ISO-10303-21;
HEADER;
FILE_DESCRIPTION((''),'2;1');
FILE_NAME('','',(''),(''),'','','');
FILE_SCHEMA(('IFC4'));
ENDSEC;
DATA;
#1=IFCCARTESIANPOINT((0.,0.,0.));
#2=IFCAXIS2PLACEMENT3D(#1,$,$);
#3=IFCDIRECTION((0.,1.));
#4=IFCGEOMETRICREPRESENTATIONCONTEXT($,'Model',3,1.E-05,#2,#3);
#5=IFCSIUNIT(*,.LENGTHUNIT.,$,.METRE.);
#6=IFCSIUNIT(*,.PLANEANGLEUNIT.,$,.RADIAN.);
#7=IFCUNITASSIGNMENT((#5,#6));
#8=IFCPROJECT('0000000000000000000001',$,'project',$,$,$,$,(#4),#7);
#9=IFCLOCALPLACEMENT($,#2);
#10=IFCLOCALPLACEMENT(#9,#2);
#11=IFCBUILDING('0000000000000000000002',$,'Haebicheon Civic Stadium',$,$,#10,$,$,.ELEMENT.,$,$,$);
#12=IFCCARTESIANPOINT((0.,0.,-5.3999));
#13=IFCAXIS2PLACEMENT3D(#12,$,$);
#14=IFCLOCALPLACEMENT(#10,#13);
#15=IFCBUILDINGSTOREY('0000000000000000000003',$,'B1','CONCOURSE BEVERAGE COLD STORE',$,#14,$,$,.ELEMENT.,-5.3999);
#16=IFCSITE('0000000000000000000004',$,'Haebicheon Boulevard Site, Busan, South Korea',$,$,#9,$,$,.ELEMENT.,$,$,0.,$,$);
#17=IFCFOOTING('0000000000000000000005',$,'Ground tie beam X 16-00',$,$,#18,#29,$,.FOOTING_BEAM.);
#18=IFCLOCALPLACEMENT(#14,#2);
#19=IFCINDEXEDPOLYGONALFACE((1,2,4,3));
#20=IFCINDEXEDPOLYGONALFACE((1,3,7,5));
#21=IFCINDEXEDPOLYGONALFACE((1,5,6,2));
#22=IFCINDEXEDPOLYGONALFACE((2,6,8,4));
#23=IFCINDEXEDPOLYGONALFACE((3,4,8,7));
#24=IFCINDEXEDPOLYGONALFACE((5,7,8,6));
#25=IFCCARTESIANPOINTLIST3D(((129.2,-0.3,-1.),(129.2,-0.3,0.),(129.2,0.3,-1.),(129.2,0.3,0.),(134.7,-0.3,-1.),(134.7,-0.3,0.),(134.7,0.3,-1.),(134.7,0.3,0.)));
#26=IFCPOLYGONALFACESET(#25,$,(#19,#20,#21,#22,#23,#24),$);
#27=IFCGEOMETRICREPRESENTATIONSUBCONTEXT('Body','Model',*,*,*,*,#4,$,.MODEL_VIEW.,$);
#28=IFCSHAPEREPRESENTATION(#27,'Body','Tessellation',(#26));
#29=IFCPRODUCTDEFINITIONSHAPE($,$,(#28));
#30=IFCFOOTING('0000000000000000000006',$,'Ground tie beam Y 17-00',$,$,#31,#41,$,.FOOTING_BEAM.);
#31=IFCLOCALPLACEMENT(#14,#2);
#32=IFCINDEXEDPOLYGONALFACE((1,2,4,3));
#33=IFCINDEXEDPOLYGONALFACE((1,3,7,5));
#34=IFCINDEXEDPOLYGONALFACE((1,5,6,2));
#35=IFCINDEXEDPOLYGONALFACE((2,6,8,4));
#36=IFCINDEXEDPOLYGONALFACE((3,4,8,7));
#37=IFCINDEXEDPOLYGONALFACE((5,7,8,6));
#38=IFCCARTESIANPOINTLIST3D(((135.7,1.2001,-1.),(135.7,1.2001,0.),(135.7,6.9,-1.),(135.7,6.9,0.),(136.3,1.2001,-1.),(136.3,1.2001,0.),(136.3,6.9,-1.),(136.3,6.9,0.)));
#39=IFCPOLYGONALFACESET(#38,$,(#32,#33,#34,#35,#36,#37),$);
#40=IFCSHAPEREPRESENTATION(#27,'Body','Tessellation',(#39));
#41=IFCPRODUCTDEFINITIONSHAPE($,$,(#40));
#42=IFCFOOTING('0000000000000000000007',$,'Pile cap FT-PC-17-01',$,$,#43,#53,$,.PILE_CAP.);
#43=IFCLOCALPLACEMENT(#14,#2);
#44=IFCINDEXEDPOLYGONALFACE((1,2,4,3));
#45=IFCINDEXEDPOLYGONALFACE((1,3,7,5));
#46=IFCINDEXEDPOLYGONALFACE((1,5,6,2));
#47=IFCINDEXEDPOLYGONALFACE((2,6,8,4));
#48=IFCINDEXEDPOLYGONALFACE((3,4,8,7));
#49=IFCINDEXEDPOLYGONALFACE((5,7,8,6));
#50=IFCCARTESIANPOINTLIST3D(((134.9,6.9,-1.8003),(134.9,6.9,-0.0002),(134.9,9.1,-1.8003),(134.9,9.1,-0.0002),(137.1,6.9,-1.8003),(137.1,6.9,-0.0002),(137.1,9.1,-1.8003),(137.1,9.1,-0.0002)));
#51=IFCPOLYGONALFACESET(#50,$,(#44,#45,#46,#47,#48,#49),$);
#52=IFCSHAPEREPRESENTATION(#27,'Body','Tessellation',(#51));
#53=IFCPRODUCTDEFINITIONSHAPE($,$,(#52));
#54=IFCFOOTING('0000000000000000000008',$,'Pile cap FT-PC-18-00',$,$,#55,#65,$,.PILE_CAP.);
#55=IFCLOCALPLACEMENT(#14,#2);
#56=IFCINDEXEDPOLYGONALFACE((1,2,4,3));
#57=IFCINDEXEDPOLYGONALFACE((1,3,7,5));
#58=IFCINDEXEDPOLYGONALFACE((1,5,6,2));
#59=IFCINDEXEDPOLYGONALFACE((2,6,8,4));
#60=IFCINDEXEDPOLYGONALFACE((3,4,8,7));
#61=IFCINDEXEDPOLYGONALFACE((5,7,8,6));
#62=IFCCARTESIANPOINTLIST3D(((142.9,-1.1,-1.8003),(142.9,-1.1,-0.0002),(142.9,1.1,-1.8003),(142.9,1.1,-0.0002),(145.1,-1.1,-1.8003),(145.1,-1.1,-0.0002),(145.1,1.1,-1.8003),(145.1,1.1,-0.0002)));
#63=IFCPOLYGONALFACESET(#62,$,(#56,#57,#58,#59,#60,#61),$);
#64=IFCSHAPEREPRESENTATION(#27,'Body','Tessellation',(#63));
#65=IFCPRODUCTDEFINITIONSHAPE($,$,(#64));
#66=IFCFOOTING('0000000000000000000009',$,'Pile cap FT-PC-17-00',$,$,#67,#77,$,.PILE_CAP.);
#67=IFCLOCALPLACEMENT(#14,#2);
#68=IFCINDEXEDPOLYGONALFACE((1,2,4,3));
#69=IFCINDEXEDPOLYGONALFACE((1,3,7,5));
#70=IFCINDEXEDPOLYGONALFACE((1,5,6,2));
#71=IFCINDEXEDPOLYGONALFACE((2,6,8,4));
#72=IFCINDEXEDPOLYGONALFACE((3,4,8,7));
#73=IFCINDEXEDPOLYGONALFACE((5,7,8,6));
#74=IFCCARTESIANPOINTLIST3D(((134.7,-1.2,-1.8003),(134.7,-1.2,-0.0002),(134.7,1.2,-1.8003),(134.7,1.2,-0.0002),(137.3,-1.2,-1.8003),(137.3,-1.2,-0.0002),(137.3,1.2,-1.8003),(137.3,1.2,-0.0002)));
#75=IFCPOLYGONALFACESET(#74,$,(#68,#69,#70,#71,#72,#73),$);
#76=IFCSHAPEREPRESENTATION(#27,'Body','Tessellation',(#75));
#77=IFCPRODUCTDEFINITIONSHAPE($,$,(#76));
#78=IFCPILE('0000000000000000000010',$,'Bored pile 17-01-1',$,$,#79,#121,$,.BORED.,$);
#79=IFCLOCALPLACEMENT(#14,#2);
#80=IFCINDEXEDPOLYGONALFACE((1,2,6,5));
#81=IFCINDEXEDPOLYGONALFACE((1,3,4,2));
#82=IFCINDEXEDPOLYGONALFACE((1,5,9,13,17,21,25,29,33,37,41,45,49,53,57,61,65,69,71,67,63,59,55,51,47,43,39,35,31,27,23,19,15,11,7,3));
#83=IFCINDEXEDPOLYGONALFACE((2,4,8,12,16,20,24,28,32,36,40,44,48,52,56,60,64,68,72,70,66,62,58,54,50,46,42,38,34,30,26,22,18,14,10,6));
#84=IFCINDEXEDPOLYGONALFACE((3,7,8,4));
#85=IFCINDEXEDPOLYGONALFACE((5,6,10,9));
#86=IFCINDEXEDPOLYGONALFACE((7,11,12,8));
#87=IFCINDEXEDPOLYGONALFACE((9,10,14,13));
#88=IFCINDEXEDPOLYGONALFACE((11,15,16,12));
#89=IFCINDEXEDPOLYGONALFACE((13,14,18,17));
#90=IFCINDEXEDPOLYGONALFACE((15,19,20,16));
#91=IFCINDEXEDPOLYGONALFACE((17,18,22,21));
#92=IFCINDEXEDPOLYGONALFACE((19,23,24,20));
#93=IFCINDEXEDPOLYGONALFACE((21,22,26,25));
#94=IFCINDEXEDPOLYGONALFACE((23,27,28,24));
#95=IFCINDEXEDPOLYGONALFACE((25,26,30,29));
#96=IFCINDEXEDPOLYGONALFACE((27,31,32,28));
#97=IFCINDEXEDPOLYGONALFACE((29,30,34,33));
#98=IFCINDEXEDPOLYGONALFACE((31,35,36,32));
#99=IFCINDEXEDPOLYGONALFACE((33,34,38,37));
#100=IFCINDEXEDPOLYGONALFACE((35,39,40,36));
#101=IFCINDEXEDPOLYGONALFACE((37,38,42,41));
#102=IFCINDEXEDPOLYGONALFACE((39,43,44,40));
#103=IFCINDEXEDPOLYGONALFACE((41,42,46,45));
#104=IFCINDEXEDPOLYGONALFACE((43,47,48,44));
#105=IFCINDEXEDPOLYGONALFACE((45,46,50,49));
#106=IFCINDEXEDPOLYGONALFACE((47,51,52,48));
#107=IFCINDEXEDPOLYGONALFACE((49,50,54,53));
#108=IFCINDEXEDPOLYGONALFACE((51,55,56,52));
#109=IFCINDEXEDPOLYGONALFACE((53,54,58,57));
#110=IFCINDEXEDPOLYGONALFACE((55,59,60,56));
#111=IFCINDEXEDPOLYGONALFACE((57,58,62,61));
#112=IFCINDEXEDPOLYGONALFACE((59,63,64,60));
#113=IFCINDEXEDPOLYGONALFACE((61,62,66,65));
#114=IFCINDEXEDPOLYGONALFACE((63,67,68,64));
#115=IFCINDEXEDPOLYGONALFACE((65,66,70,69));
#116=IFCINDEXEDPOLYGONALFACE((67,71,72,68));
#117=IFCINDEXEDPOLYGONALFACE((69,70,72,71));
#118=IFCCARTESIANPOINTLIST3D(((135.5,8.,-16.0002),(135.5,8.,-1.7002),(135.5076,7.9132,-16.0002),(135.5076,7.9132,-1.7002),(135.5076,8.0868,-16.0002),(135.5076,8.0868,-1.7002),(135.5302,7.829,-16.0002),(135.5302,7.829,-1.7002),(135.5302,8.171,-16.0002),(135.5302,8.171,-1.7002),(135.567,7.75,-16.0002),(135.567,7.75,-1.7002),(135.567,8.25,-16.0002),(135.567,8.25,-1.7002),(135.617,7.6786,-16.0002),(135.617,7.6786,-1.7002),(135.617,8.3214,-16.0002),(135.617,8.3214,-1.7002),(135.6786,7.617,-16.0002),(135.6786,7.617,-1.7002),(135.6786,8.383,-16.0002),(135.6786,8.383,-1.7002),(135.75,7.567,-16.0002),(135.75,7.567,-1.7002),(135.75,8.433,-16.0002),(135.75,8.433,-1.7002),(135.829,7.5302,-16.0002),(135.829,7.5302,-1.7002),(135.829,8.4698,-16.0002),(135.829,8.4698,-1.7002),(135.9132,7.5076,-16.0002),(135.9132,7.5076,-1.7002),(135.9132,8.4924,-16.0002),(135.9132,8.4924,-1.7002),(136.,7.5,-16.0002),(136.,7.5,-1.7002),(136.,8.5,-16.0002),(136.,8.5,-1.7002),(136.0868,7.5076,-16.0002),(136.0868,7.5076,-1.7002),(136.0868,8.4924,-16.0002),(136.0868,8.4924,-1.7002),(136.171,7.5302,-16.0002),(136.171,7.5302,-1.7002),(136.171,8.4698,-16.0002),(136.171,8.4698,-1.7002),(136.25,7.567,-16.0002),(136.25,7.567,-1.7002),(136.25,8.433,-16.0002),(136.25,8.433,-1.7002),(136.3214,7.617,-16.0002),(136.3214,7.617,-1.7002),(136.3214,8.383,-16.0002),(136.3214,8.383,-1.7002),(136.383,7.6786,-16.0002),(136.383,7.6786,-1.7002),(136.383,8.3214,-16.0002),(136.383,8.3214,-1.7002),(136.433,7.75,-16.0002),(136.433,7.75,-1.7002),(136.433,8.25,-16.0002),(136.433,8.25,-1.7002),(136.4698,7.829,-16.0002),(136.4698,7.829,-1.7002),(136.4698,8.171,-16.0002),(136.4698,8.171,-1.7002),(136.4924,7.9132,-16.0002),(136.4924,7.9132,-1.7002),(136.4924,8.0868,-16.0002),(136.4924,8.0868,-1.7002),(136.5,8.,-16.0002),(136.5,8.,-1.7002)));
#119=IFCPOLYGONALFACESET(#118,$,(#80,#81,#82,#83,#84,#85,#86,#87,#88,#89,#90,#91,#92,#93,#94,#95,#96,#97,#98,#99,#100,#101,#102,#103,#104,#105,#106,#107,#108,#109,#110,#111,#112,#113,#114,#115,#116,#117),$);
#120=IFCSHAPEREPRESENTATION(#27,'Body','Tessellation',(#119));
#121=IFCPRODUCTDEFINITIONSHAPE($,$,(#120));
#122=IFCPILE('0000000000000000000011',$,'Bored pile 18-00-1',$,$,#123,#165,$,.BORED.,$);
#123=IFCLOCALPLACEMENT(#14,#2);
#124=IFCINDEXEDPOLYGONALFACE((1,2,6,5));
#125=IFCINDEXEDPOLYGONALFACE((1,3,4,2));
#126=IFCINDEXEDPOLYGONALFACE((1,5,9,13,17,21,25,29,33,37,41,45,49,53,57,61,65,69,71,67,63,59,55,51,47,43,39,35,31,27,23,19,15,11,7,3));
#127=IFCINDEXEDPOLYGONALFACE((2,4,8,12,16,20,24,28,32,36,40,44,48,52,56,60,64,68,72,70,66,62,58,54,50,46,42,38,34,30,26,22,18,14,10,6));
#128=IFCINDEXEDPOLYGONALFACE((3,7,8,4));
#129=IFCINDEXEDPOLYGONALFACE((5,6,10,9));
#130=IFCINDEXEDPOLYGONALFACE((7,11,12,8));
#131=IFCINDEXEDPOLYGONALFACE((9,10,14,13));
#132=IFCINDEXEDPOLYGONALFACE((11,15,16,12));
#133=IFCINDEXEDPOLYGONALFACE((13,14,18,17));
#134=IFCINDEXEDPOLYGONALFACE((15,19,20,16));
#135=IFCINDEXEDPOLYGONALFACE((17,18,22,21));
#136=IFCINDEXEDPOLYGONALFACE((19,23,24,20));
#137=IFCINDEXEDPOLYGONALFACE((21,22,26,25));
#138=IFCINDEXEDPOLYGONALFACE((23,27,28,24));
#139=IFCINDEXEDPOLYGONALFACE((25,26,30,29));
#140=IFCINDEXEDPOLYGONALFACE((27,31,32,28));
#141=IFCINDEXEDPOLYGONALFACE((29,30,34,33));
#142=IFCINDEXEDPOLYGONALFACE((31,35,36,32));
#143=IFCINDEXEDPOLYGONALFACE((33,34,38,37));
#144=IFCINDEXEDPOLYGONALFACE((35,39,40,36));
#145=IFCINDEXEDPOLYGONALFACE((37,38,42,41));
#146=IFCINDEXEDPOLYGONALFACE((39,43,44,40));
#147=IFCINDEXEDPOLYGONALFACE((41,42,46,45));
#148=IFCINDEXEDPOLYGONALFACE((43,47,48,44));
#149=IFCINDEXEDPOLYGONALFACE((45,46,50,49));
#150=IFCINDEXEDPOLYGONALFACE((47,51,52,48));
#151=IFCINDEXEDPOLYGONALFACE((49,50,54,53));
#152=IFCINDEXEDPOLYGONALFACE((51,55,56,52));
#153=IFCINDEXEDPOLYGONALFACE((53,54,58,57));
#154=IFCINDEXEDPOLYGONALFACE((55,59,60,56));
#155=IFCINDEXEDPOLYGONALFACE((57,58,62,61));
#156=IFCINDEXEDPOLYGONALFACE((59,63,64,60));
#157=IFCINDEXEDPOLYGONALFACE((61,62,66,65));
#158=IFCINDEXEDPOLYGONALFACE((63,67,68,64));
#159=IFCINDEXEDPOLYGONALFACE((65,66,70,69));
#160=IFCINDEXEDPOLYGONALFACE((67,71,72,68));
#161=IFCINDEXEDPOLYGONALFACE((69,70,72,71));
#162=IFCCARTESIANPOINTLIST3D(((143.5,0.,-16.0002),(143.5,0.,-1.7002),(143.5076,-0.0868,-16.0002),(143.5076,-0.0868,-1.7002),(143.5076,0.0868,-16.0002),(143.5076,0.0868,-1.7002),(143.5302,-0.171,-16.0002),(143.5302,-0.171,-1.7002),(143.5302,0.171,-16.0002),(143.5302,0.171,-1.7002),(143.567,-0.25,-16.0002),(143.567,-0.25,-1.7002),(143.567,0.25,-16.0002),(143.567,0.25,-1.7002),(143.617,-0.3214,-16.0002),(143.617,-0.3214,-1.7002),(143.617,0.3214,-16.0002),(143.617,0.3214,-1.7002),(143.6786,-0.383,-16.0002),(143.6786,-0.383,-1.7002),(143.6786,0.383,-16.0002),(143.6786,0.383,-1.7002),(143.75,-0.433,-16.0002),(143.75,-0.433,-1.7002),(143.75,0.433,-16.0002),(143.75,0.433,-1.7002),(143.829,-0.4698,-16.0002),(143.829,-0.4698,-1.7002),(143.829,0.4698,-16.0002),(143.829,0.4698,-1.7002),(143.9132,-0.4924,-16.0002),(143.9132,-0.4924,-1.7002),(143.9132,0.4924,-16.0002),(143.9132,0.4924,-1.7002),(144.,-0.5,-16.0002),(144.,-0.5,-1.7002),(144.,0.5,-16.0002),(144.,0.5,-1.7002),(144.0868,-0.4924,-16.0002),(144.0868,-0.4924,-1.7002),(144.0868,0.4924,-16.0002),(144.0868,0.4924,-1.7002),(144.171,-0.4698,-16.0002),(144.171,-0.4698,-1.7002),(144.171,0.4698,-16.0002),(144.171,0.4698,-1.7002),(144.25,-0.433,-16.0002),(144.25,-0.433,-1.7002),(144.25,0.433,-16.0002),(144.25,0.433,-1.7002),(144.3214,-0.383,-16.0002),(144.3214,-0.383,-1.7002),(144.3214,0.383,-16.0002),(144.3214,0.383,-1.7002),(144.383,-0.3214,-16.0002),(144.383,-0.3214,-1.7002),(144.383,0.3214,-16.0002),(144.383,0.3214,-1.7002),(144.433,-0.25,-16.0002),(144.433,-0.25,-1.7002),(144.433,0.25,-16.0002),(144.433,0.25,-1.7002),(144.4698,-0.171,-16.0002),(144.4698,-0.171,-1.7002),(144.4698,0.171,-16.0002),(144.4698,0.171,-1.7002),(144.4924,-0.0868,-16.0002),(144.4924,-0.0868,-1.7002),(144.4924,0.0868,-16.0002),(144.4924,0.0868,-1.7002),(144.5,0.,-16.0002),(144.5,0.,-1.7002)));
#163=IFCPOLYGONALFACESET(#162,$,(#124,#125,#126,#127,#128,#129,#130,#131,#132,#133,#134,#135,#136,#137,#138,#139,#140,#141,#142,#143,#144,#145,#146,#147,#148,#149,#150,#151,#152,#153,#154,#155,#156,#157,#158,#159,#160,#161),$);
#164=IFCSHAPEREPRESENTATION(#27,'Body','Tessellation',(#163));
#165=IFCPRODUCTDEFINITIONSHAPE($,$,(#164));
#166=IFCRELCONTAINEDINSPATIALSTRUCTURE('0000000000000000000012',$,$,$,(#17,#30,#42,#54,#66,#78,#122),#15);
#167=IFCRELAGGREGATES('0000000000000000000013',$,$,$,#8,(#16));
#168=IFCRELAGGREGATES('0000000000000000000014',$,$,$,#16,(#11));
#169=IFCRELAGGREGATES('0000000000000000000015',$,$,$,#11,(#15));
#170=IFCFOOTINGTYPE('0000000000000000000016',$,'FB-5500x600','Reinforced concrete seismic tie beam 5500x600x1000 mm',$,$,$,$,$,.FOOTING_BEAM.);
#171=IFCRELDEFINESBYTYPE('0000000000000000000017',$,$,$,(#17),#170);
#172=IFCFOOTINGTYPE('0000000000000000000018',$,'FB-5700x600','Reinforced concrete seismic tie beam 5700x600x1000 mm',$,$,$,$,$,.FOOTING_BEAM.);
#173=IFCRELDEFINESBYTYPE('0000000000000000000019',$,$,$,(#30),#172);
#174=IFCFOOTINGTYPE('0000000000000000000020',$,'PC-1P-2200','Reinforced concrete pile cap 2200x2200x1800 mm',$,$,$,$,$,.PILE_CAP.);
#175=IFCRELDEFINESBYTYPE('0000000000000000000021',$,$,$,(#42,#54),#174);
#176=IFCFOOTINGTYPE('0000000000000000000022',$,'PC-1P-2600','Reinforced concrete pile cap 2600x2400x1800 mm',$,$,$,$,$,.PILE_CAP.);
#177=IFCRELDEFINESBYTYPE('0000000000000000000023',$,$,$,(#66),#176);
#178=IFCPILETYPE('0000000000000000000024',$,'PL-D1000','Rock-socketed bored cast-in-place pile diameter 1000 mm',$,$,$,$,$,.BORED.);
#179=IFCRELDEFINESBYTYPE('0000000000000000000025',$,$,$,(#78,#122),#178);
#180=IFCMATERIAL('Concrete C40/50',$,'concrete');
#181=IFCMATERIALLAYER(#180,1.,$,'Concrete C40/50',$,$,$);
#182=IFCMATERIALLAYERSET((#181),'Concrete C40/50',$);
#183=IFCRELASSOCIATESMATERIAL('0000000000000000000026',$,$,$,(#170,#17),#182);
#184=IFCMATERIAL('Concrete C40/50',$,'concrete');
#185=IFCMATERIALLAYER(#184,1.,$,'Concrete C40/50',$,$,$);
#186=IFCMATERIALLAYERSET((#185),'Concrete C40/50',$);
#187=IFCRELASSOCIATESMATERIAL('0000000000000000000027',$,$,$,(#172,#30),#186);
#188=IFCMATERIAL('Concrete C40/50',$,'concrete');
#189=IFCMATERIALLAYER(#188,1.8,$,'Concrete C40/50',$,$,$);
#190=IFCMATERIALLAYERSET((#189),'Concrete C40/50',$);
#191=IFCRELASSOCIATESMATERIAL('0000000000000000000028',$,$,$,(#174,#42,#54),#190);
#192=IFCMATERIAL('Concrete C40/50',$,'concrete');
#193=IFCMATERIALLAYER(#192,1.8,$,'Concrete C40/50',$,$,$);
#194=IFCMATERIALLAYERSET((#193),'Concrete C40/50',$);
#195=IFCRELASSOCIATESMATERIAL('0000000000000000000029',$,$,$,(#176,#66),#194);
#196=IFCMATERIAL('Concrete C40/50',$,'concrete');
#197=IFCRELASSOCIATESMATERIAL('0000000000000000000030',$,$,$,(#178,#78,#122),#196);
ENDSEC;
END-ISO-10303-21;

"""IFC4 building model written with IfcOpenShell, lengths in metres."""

from ifc_helpers import new_model, si_unit, direction, frame, origin, origin_2d, place, context, subcontext, project, spatial, rectangle, circle, extrude, material, layer, layer_set, material_profile, profile_set, type_object, element, save


model = new_model("IFC4")

# Units and contexts
model_context = context("Model", 3, precision=1e-05, world=origin(), true_north=direction((0.0, 1.0)))
body_context = subcontext(model_context, "Body", "Model", "MODEL_VIEW")
ifc_project = project(units=[si_unit("LENGTHUNIT", "METRE"), si_unit("PLANEANGLEUNIT", "RADIAN")], contexts=[model_context])

# Site, building, storey
site_placement = place(None, origin())
site = spatial("IfcSite", under=ifc_project, at=site_placement, Name="Haebicheon Boulevard Site, Busan, South Korea", CompositionType="ELEMENT", RefElevation=0.0)
building_placement = place(site_placement, origin())
building = spatial("IfcBuilding", under=site, at=building_placement, Name="Haebicheon Civic Stadium", CompositionType="ELEMENT")
storey_placement = place(building_placement, frame((0.0, 0.0, -5.3999)))
storey = spatial("IfcBuildingStorey", under=building, at=storey_placement, Name="B1", Description="CONCOURSE BEVERAGE COLD STORE", CompositionType="ELEMENT", Elevation=-5.3999)

# Footings
ifc_material_1 = material(Name="Concrete C40/50", Category="concrete")
ifc_layer_1 = layer(ifc_material_1, 1.0, Name="Concrete C40/50")
ifc_layer_set_1 = layer_set([ifc_layer_1], Name="Concrete C40/50")
footing_type_1 = type_object("IfcFootingType", Name="FB-5500x600", Description="Reinforced concrete seismic tie beam 5500x600x1000 mm", PredefinedType="FOOTING_BEAM", material=ifc_layer_set_1)
footing_1_placement = place(storey_placement, frame((131.95, 0.0, -1.0), z_axis=(0.0, 0.0, 1.0), x_axis=(1.0, 0.0, 0.0)))
element("IfcFooting", 1, at=footing_1_placement, inside=storey, type_object=footing_type_1, material=ifc_layer_set_1, Name="Ground tie beam X 16-00", PredefinedType="FOOTING_BEAM", context=body_context, shape_type="SweptSolid", body=[
    extrude(rectangle(XDim=5.5, YDim=0.6001, at=origin_2d()), origin(), (0.0, 0.0, 1.0), 1.0),
])
ifc_material_2 = material(Name="Concrete C40/50", Category="concrete")
ifc_layer_2 = layer(ifc_material_2, 1.0, Name="Concrete C40/50")
ifc_layer_set_2 = layer_set([ifc_layer_2], Name="Concrete C40/50")
footing_type_2 = type_object("IfcFootingType", Name="FB-5700x600", Description="Reinforced concrete seismic tie beam 5700x600x1000 mm", PredefinedType="FOOTING_BEAM", material=ifc_layer_set_2)
footing_2_placement = place(storey_placement, frame((136.0, 4.05, -1.0), z_axis=(0.0, 0.0, 1.0), x_axis=(0.0, 1.0, 0.0)))
element("IfcFooting", 2, at=footing_2_placement, inside=storey, type_object=footing_type_2, material=ifc_layer_set_2, Name="Ground tie beam Y 17-00", PredefinedType="FOOTING_BEAM", context=body_context, shape_type="SweptSolid", body=[
    extrude(rectangle(XDim=5.7, YDim=0.6001, at=origin_2d()), origin(), (0.0, 0.0, 1.0), 1.0),
])
ifc_material_3 = material(Name="Concrete C40/50", Category="concrete")
ifc_layer_3 = layer(ifc_material_3, 1.8, Name="Concrete C40/50")
ifc_layer_set_3 = layer_set([ifc_layer_3], Name="Concrete C40/50")
footing_type_3 = type_object("IfcFootingType", Name="PC-1P-2200", Description="Reinforced concrete pile cap 2200x2200x1800 mm", PredefinedType="PILE_CAP", material=ifc_layer_set_3)
for number, where, z_axis, x_axis, name in (
    (3, (136.0, 8.0, -1.8003), (0.0, 0.0, 1.0), (1.0, 0.0, 0.0), "Pile cap FT-PC-17-01"),
    (4, (144.0, 0.0, -1.8003), (0.0, 0.0, 1.0), (1.0, 0.0, 0.0), "Pile cap FT-PC-18-00"),
):
    element("IfcFooting", number, at=place(storey_placement, frame(where, z_axis=z_axis, x_axis=x_axis)), inside=storey, type_object=footing_type_3, material=ifc_layer_set_3, Name=name, PredefinedType="PILE_CAP", context=body_context, shape_type="SweptSolid", body=[
        extrude(rectangle(XDim=2.2, YDim=2.2, at=origin_2d()), origin(), (0.0, 0.0, 1.0), 1.8),
    ])
ifc_material_4 = material(Name="Concrete C40/50", Category="concrete")
ifc_layer_4 = layer(ifc_material_4, 1.8, Name="Concrete C40/50")
ifc_layer_set_4 = layer_set([ifc_layer_4], Name="Concrete C40/50")
footing_type_4 = type_object("IfcFootingType", Name="PC-1P-2600", Description="Reinforced concrete pile cap 2600x2400x1800 mm", PredefinedType="PILE_CAP", material=ifc_layer_set_4)
footing_3_placement = place(storey_placement, frame((136.0, 0.0, -1.8003), z_axis=(0.0, 0.0, 1.0), x_axis=(1.0, 0.0, 0.0)))
element("IfcFooting", 5, at=footing_3_placement, inside=storey, type_object=footing_type_4, material=ifc_layer_set_4, Name="Pile cap FT-PC-17-00", PredefinedType="PILE_CAP", context=body_context, shape_type="SweptSolid", body=[
    extrude(rectangle(XDim=2.6001, YDim=2.3999, at=origin_2d()), origin(), (0.0, 0.0, 1.0), 1.8),
])

# Piles
ifc_material_5 = material(Name="Concrete C40/50", Category="concrete")
ifc_material_profile_1 = material_profile(ifc_material_5, circle(Radius=0.5, at=origin_2d()), Name="PILE-D1000")
ifc_profile_set_1 = profile_set([ifc_material_profile_1], Name="Concrete C40/50")
pile_type_1 = type_object("IfcPileType", Name="PL-D1000", Description="Rock-socketed bored cast-in-place pile diameter 1000 mm", PredefinedType="BORED", material=ifc_profile_set_1)
for number, where, z_axis, x_axis, name in (
    (6, (136.0, 8.0, -1.7002), (0.0, 0.0, -1.0), (1.0, 0.0, 0.0), "Bored pile 17-01-1"),
    (7, (144.0, 0.0, -1.7002), (0.0, 0.0, -1.0), (1.0, 0.0, 0.0), "Bored pile 18-00-1"),
):
    element("IfcPile", number, at=place(storey_placement, frame(where, z_axis=z_axis, x_axis=x_axis)), inside=storey, type_object=pile_type_1, material=ifc_profile_set_1, Name=name, PredefinedType="BORED", context=body_context, shape_type="SweptSolid", body=[
        extrude(circle(Radius=0.5, at=origin_2d()), origin(), (0.0, 0.0, 1.0), 14.3),
    ])

save(model, "model.ifc")
